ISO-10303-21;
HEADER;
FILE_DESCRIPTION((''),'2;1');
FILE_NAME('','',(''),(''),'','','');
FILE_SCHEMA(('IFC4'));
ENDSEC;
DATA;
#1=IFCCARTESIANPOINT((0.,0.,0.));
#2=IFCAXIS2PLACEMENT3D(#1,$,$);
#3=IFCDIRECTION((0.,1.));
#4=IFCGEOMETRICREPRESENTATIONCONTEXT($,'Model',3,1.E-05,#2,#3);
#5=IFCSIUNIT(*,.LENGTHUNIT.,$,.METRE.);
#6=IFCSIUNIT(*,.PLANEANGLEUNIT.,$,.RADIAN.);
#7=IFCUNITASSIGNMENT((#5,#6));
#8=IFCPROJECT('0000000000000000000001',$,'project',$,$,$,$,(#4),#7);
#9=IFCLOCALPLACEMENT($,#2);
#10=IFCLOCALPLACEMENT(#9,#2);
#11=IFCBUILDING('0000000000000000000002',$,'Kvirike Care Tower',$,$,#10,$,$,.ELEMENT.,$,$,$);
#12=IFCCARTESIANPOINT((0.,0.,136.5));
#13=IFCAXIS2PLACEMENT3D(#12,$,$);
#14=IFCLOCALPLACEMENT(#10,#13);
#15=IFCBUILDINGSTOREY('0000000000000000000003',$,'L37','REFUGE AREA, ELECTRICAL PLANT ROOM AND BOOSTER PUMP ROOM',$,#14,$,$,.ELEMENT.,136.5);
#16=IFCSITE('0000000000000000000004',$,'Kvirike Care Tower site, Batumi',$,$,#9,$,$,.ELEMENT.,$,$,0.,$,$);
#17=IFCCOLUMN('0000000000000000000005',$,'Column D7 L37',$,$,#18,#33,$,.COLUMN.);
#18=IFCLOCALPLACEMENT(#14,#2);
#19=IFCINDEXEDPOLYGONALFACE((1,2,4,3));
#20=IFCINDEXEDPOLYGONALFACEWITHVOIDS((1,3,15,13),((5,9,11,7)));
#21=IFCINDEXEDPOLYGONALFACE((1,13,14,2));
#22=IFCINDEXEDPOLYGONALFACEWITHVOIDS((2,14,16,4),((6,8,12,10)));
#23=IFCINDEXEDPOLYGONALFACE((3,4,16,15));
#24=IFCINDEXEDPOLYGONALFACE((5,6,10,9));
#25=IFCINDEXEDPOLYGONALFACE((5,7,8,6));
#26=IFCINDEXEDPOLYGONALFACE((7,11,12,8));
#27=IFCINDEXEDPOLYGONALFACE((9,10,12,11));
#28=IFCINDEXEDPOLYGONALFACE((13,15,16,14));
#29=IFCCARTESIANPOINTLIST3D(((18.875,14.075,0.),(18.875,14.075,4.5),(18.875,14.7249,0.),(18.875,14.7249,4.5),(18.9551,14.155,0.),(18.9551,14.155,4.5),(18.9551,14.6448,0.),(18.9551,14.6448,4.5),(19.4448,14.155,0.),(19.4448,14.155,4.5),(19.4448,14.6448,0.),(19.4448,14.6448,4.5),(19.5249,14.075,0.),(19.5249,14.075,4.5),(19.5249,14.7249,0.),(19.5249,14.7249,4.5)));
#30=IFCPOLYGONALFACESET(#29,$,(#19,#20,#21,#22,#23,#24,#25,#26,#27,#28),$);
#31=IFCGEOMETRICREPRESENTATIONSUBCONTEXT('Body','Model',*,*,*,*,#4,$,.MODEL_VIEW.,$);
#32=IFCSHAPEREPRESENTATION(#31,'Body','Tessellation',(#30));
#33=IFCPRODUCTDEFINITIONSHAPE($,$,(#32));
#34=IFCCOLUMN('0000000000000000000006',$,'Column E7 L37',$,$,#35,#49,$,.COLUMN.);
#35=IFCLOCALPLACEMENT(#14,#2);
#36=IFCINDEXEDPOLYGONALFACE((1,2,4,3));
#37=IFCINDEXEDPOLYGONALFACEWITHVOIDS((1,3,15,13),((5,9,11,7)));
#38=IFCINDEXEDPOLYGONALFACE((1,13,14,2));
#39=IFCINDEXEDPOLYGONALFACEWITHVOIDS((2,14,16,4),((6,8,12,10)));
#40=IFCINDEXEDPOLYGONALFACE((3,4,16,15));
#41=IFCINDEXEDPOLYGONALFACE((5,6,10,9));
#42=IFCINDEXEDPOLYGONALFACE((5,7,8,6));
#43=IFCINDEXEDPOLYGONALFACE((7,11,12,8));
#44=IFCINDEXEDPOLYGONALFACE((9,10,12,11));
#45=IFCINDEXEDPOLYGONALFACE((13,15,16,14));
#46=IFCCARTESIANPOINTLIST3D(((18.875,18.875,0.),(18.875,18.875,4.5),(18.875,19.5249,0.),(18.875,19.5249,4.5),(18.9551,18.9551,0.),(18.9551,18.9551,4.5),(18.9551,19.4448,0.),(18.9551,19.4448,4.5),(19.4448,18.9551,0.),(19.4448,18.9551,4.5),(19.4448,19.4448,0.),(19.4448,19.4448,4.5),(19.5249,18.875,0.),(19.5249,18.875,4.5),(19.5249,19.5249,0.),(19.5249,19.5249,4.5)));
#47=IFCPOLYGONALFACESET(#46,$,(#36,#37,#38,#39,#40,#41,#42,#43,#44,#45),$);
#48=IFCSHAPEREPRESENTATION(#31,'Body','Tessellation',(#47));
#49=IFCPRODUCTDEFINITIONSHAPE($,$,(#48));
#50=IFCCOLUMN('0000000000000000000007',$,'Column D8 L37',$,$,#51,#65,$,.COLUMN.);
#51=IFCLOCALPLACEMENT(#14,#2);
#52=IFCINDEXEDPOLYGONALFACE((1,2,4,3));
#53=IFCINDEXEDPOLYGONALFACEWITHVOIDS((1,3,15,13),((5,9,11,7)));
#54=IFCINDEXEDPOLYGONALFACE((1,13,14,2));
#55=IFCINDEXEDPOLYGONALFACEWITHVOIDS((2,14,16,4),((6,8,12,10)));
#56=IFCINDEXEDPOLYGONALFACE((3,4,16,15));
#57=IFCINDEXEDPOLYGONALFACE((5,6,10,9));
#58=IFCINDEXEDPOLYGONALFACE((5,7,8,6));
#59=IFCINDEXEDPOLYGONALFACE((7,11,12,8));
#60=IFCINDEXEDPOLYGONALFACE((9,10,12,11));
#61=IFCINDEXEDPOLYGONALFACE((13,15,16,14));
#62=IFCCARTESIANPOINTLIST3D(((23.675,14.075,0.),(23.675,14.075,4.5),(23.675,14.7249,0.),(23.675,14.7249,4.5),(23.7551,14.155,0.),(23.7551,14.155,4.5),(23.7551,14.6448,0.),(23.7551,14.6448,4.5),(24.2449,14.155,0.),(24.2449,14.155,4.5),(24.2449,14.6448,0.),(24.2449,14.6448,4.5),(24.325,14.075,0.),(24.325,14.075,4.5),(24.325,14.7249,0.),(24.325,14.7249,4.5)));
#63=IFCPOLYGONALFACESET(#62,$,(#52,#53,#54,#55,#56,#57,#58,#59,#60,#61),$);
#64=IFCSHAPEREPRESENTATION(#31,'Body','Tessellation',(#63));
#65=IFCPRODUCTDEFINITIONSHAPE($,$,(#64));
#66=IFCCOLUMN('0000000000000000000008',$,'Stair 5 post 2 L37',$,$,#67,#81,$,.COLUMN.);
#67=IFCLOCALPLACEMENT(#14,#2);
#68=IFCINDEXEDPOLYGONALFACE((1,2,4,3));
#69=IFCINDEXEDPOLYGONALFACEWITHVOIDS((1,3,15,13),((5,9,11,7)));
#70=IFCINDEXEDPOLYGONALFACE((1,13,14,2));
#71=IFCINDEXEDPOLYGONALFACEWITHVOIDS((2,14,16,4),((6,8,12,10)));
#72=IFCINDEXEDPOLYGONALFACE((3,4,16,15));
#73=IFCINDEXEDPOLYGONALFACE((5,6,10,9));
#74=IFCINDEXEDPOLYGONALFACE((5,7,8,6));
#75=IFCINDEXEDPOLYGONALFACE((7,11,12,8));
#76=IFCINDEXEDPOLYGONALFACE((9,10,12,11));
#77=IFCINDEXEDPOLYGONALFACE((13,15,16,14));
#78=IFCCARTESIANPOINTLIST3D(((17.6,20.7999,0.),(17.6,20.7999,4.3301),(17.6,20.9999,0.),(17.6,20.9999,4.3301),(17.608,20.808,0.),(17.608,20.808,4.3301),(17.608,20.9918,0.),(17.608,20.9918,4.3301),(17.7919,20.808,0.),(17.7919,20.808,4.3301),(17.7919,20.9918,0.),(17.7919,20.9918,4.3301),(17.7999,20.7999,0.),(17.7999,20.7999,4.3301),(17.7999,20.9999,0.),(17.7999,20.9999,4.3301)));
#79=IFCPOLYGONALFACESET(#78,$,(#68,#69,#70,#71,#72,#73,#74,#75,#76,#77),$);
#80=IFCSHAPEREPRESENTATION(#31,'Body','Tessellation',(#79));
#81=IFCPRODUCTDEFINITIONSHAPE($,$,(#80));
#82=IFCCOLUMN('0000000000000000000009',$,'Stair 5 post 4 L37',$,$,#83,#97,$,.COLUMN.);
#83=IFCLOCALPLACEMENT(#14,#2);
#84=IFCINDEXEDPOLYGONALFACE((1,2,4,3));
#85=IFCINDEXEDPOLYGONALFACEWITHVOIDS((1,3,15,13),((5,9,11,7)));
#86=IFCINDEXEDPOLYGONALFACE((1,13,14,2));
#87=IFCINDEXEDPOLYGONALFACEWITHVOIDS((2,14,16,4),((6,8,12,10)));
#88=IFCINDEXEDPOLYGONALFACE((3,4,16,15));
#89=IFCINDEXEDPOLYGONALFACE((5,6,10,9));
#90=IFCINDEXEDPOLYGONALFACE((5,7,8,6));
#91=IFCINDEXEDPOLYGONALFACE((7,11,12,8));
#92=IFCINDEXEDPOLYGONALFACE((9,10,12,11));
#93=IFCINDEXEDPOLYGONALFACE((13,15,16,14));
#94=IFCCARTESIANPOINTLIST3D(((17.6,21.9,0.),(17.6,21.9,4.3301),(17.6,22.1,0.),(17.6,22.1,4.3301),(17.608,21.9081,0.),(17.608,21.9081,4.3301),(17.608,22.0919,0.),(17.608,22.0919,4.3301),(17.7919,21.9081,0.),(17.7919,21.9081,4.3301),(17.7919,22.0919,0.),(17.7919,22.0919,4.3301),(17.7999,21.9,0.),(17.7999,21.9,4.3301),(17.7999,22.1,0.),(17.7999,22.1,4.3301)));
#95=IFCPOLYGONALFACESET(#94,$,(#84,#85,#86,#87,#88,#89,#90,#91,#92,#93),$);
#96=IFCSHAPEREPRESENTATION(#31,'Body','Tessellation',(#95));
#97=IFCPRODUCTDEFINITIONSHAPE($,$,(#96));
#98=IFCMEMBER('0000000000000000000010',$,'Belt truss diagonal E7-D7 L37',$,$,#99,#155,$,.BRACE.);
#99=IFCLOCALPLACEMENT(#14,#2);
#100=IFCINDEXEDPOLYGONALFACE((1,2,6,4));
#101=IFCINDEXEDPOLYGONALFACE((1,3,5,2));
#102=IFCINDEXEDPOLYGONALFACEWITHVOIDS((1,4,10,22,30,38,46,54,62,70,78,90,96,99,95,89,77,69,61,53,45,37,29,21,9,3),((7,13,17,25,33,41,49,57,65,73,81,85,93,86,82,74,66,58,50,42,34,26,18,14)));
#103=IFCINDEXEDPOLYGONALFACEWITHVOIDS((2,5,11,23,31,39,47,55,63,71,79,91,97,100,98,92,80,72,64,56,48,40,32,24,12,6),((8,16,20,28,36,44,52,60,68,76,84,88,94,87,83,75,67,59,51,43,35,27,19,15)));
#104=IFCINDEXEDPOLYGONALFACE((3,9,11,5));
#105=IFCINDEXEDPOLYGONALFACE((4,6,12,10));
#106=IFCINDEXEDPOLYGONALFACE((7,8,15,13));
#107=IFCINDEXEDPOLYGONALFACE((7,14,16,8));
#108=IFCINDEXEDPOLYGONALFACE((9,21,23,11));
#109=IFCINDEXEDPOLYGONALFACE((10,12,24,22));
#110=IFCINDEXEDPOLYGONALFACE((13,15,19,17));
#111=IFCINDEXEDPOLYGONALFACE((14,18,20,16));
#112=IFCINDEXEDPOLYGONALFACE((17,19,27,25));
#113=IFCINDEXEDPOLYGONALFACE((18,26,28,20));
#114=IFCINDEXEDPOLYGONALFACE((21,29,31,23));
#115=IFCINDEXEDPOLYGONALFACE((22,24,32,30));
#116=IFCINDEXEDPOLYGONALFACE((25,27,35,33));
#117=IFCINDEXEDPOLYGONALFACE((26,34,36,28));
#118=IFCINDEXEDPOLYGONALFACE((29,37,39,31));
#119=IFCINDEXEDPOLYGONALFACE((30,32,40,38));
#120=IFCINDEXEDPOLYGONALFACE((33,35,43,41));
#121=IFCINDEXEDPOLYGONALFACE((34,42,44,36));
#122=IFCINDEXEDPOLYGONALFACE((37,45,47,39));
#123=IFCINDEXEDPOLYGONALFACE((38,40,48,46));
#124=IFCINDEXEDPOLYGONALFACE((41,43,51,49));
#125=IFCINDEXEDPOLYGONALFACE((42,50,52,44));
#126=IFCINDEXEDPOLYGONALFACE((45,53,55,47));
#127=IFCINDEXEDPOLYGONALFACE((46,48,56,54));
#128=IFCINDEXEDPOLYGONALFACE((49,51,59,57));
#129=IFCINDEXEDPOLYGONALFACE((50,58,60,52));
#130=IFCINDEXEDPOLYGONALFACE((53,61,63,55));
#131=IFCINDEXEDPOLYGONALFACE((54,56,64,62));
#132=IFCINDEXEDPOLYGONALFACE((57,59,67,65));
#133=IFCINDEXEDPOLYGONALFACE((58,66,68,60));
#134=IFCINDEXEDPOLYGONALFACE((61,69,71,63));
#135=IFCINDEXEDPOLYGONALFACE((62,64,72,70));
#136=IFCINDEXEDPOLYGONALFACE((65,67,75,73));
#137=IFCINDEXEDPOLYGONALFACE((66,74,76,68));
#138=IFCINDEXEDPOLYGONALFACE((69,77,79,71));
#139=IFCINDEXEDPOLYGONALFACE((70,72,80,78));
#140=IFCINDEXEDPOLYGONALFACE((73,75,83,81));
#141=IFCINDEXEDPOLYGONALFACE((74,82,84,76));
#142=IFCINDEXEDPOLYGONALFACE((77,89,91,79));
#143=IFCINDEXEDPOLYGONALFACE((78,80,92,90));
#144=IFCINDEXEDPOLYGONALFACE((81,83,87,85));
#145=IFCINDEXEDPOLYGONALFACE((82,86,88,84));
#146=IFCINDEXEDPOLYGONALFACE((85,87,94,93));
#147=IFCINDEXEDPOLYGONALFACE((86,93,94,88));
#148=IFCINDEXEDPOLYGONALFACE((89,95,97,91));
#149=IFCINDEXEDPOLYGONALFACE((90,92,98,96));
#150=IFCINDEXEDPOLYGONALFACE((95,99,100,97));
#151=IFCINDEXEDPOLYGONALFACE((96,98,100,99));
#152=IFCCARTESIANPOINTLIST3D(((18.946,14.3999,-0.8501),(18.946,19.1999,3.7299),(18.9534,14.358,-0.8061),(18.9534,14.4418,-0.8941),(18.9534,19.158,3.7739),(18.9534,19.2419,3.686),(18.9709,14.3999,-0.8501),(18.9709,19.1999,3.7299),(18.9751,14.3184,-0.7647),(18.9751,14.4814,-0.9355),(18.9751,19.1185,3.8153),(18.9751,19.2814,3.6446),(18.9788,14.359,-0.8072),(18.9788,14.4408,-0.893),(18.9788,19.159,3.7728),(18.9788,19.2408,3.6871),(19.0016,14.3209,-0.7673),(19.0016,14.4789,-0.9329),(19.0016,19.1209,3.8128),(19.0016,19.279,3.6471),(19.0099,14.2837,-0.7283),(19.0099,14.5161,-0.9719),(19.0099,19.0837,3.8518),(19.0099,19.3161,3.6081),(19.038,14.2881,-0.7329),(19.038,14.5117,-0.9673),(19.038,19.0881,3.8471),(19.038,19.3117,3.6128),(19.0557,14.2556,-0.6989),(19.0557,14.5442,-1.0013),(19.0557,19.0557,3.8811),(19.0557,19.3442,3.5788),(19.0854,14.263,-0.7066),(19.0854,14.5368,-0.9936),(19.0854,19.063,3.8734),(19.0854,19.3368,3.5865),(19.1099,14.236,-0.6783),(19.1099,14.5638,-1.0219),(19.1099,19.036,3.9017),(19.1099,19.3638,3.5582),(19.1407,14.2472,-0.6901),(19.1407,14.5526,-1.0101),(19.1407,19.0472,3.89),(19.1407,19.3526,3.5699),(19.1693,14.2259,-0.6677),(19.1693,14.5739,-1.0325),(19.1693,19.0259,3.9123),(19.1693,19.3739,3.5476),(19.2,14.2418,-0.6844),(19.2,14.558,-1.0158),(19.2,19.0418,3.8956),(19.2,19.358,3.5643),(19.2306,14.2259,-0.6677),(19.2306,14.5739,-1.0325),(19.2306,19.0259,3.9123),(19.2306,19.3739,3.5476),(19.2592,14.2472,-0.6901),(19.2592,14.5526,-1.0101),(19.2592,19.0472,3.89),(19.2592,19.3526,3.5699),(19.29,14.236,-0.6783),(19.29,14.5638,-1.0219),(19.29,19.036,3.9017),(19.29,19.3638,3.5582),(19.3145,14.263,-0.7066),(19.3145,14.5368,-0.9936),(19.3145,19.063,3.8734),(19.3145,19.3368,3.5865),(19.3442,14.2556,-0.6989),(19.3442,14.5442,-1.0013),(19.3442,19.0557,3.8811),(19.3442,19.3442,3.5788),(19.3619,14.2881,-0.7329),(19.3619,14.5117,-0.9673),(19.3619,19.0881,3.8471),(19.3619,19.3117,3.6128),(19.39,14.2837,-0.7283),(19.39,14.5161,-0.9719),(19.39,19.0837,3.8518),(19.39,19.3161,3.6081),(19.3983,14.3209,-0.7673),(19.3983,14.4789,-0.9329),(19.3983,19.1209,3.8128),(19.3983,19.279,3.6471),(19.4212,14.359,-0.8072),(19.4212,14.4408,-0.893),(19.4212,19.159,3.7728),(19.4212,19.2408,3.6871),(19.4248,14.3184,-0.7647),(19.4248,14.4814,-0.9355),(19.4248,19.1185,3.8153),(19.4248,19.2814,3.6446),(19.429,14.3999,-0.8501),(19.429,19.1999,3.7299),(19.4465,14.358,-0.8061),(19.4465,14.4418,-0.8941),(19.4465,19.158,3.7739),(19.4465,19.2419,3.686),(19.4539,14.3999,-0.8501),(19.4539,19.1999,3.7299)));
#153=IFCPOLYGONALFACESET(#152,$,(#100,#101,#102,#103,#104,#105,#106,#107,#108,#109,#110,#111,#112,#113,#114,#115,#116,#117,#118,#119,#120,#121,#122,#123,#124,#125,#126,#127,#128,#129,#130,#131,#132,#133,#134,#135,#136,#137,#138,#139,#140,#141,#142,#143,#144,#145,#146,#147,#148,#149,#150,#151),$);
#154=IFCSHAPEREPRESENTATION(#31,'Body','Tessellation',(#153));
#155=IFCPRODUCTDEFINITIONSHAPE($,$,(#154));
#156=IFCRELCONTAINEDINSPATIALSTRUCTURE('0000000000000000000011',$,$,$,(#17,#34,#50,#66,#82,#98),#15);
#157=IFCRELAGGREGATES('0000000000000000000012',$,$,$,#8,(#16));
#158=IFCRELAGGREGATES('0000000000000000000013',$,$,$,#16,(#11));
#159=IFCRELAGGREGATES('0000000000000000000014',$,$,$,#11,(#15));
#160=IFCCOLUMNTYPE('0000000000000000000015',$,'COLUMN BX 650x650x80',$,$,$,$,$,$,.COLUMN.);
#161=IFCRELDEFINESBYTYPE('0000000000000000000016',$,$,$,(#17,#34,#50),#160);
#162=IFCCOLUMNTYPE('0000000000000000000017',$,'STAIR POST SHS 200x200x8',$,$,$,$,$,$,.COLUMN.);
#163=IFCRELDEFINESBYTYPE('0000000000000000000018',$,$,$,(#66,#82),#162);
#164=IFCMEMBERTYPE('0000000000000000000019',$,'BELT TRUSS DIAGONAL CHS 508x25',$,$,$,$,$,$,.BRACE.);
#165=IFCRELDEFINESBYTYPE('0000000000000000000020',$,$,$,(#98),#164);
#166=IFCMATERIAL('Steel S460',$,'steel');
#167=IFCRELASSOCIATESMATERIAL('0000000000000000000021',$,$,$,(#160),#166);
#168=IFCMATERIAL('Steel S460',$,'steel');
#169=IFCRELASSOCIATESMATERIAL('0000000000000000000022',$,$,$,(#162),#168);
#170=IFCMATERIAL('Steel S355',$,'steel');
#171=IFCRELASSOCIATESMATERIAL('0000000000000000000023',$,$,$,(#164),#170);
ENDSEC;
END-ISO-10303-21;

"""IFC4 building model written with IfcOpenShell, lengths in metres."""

from ifc_helpers import new_model, si_unit, direction, frame, origin, origin_2d, place, context, subcontext, project, spatial, hollow_rectangle, hollow_circle, extrude, material, material_profile, profile_set, type_object, element, save


model = new_model("IFC4")

# Units and contexts
model_context = context("Model", 3, precision=1e-05, world=origin(), true_north=direction((0.0, 1.0)))
body_context = subcontext(model_context, "Body", "Model", "MODEL_VIEW")
ifc_project = project(units=[si_unit("LENGTHUNIT", "METRE"), si_unit("PLANEANGLEUNIT", "RADIAN")], contexts=[model_context])

# Site, building, storey
site_placement = place(None, origin())
site = spatial("IfcSite", under=ifc_project, at=site_placement, Name="Kvirike Care Tower site, Batumi", CompositionType="ELEMENT", RefElevation=0.0)
building_placement = place(site_placement, origin())
building = spatial("IfcBuilding", under=site, at=building_placement, Name="Kvirike Care Tower", CompositionType="ELEMENT")
storey_placement = place(building_placement, frame((0.0, 0.0, 136.5)))
storey = spatial("IfcBuildingStorey", under=building, at=storey_placement, Name="L37", Description="REFUGE AREA, ELECTRICAL PLANT ROOM AND BOOSTER PUMP ROOM", CompositionType="ELEMENT", Elevation=136.5)

# Columns
ifc_material_1 = material(Name="Steel S460", Category="steel")
ifc_material_profile_1 = material_profile(ifc_material_1, hollow_rectangle(XDim=0.6499, YDim=0.6499, WallThickness=0.0801, at=origin_2d()), Name="BX 650x650x80")
ifc_profile_set_1 = profile_set([ifc_material_profile_1], Name="Steel S460")
column_type_1 = type_object("IfcColumnType", Name="COLUMN BX 650x650x80", PredefinedType="COLUMN", material=ifc_profile_set_1)
for number, where, z_axis, x_axis, name in (
    (1, (19.2, 14.3999, 0.0), (0.0, 0.0, 1.0), (0.0, 1.0, 0.0), "Column D7 L37"),
    (2, (19.2, 19.2, 0.0), (0.0, 0.0, 1.0), (0.0, 1.0, 0.0), "Column E7 L37"),
    (3, (24.0, 14.3999, 0.0), (0.0, 0.0, 1.0), (0.0, 1.0, 0.0), "Column D8 L37"),
):
    element("IfcColumn", number, at=place(storey_placement, frame(where, z_axis=z_axis, x_axis=x_axis)), inside=storey, type_object=column_type_1, Name=name, PredefinedType="COLUMN", context=body_context, shape_type="SweptSolid", body=[
        extrude(hollow_rectangle(XDim=0.6499, YDim=0.6499, WallThickness=0.0801, at=origin_2d()), origin(), (0.0, 0.0, 1.0), 4.5),
    ])
ifc_material_2 = material(Name="Steel S460", Category="steel")
ifc_material_profile_2 = material_profile(ifc_material_2, hollow_rectangle(XDim=0.2, YDim=0.2, WallThickness=0.0081, at=origin_2d()), Name="SHS 200x200x8")
ifc_profile_set_2 = profile_set([ifc_material_profile_2], Name="Steel S460")
column_type_2 = type_object("IfcColumnType", Name="STAIR POST SHS 200x200x8", PredefinedType="COLUMN", material=ifc_profile_set_2)
for number, where, z_axis, x_axis, name in (
    (4, (17.7, 20.8999, 0.0), (0.0, 0.0, 1.0), (1.0, 0.0, 0.0), "Stair 5 post 2 L37"),
    (5, (17.7, 22.0, 0.0), (0.0, 0.0, 1.0), (1.0, 0.0, 0.0), "Stair 5 post 4 L37"),
):
    element("IfcColumn", number, at=place(storey_placement, frame(where, z_axis=z_axis, x_axis=x_axis)), inside=storey, type_object=column_type_2, Name=name, PredefinedType="COLUMN", context=body_context, shape_type="SweptSolid", body=[
        extrude(hollow_rectangle(XDim=0.2, YDim=0.2, WallThickness=0.0081, at=origin_2d()), origin(), (0.0, 0.0, 1.0), 4.3301),
    ])

# Member
ifc_material_3 = material(Name="Steel S355", Category="steel")
ifc_material_profile_3 = material_profile(ifc_material_3, hollow_circle(Radius=0.2539, WallThickness=0.0249, at=origin_2d()), Name="CHS 508x25")
ifc_profile_set_3 = profile_set([ifc_material_profile_3], Name="Steel S355")
member_type_1 = type_object("IfcMemberType", Name="BELT TRUSS DIAGONAL CHS 508x25", PredefinedType="BRACE", material=ifc_profile_set_3)
for number, where, z_axis, x_axis, name in (
    (6, (19.2, 14.3999, -0.8501), (0.0, 0.72349, 0.690335), (-1.0, 0.0, 0.0), "Belt truss diagonal E7-D7 L37"),
):
    element("IfcMember", number, at=place(storey_placement, frame(where, z_axis=z_axis, x_axis=x_axis)), inside=storey, type_object=member_type_1, Name=name, PredefinedType="BRACE", context=body_context, shape_type="SweptSolid", body=[
        extrude(hollow_circle(Radius=0.2539, WallThickness=0.0249, at=origin_2d()), origin(), (0.0, 0.0, 1.0), 6.6345),
    ])

save(model, "model.ifc")
